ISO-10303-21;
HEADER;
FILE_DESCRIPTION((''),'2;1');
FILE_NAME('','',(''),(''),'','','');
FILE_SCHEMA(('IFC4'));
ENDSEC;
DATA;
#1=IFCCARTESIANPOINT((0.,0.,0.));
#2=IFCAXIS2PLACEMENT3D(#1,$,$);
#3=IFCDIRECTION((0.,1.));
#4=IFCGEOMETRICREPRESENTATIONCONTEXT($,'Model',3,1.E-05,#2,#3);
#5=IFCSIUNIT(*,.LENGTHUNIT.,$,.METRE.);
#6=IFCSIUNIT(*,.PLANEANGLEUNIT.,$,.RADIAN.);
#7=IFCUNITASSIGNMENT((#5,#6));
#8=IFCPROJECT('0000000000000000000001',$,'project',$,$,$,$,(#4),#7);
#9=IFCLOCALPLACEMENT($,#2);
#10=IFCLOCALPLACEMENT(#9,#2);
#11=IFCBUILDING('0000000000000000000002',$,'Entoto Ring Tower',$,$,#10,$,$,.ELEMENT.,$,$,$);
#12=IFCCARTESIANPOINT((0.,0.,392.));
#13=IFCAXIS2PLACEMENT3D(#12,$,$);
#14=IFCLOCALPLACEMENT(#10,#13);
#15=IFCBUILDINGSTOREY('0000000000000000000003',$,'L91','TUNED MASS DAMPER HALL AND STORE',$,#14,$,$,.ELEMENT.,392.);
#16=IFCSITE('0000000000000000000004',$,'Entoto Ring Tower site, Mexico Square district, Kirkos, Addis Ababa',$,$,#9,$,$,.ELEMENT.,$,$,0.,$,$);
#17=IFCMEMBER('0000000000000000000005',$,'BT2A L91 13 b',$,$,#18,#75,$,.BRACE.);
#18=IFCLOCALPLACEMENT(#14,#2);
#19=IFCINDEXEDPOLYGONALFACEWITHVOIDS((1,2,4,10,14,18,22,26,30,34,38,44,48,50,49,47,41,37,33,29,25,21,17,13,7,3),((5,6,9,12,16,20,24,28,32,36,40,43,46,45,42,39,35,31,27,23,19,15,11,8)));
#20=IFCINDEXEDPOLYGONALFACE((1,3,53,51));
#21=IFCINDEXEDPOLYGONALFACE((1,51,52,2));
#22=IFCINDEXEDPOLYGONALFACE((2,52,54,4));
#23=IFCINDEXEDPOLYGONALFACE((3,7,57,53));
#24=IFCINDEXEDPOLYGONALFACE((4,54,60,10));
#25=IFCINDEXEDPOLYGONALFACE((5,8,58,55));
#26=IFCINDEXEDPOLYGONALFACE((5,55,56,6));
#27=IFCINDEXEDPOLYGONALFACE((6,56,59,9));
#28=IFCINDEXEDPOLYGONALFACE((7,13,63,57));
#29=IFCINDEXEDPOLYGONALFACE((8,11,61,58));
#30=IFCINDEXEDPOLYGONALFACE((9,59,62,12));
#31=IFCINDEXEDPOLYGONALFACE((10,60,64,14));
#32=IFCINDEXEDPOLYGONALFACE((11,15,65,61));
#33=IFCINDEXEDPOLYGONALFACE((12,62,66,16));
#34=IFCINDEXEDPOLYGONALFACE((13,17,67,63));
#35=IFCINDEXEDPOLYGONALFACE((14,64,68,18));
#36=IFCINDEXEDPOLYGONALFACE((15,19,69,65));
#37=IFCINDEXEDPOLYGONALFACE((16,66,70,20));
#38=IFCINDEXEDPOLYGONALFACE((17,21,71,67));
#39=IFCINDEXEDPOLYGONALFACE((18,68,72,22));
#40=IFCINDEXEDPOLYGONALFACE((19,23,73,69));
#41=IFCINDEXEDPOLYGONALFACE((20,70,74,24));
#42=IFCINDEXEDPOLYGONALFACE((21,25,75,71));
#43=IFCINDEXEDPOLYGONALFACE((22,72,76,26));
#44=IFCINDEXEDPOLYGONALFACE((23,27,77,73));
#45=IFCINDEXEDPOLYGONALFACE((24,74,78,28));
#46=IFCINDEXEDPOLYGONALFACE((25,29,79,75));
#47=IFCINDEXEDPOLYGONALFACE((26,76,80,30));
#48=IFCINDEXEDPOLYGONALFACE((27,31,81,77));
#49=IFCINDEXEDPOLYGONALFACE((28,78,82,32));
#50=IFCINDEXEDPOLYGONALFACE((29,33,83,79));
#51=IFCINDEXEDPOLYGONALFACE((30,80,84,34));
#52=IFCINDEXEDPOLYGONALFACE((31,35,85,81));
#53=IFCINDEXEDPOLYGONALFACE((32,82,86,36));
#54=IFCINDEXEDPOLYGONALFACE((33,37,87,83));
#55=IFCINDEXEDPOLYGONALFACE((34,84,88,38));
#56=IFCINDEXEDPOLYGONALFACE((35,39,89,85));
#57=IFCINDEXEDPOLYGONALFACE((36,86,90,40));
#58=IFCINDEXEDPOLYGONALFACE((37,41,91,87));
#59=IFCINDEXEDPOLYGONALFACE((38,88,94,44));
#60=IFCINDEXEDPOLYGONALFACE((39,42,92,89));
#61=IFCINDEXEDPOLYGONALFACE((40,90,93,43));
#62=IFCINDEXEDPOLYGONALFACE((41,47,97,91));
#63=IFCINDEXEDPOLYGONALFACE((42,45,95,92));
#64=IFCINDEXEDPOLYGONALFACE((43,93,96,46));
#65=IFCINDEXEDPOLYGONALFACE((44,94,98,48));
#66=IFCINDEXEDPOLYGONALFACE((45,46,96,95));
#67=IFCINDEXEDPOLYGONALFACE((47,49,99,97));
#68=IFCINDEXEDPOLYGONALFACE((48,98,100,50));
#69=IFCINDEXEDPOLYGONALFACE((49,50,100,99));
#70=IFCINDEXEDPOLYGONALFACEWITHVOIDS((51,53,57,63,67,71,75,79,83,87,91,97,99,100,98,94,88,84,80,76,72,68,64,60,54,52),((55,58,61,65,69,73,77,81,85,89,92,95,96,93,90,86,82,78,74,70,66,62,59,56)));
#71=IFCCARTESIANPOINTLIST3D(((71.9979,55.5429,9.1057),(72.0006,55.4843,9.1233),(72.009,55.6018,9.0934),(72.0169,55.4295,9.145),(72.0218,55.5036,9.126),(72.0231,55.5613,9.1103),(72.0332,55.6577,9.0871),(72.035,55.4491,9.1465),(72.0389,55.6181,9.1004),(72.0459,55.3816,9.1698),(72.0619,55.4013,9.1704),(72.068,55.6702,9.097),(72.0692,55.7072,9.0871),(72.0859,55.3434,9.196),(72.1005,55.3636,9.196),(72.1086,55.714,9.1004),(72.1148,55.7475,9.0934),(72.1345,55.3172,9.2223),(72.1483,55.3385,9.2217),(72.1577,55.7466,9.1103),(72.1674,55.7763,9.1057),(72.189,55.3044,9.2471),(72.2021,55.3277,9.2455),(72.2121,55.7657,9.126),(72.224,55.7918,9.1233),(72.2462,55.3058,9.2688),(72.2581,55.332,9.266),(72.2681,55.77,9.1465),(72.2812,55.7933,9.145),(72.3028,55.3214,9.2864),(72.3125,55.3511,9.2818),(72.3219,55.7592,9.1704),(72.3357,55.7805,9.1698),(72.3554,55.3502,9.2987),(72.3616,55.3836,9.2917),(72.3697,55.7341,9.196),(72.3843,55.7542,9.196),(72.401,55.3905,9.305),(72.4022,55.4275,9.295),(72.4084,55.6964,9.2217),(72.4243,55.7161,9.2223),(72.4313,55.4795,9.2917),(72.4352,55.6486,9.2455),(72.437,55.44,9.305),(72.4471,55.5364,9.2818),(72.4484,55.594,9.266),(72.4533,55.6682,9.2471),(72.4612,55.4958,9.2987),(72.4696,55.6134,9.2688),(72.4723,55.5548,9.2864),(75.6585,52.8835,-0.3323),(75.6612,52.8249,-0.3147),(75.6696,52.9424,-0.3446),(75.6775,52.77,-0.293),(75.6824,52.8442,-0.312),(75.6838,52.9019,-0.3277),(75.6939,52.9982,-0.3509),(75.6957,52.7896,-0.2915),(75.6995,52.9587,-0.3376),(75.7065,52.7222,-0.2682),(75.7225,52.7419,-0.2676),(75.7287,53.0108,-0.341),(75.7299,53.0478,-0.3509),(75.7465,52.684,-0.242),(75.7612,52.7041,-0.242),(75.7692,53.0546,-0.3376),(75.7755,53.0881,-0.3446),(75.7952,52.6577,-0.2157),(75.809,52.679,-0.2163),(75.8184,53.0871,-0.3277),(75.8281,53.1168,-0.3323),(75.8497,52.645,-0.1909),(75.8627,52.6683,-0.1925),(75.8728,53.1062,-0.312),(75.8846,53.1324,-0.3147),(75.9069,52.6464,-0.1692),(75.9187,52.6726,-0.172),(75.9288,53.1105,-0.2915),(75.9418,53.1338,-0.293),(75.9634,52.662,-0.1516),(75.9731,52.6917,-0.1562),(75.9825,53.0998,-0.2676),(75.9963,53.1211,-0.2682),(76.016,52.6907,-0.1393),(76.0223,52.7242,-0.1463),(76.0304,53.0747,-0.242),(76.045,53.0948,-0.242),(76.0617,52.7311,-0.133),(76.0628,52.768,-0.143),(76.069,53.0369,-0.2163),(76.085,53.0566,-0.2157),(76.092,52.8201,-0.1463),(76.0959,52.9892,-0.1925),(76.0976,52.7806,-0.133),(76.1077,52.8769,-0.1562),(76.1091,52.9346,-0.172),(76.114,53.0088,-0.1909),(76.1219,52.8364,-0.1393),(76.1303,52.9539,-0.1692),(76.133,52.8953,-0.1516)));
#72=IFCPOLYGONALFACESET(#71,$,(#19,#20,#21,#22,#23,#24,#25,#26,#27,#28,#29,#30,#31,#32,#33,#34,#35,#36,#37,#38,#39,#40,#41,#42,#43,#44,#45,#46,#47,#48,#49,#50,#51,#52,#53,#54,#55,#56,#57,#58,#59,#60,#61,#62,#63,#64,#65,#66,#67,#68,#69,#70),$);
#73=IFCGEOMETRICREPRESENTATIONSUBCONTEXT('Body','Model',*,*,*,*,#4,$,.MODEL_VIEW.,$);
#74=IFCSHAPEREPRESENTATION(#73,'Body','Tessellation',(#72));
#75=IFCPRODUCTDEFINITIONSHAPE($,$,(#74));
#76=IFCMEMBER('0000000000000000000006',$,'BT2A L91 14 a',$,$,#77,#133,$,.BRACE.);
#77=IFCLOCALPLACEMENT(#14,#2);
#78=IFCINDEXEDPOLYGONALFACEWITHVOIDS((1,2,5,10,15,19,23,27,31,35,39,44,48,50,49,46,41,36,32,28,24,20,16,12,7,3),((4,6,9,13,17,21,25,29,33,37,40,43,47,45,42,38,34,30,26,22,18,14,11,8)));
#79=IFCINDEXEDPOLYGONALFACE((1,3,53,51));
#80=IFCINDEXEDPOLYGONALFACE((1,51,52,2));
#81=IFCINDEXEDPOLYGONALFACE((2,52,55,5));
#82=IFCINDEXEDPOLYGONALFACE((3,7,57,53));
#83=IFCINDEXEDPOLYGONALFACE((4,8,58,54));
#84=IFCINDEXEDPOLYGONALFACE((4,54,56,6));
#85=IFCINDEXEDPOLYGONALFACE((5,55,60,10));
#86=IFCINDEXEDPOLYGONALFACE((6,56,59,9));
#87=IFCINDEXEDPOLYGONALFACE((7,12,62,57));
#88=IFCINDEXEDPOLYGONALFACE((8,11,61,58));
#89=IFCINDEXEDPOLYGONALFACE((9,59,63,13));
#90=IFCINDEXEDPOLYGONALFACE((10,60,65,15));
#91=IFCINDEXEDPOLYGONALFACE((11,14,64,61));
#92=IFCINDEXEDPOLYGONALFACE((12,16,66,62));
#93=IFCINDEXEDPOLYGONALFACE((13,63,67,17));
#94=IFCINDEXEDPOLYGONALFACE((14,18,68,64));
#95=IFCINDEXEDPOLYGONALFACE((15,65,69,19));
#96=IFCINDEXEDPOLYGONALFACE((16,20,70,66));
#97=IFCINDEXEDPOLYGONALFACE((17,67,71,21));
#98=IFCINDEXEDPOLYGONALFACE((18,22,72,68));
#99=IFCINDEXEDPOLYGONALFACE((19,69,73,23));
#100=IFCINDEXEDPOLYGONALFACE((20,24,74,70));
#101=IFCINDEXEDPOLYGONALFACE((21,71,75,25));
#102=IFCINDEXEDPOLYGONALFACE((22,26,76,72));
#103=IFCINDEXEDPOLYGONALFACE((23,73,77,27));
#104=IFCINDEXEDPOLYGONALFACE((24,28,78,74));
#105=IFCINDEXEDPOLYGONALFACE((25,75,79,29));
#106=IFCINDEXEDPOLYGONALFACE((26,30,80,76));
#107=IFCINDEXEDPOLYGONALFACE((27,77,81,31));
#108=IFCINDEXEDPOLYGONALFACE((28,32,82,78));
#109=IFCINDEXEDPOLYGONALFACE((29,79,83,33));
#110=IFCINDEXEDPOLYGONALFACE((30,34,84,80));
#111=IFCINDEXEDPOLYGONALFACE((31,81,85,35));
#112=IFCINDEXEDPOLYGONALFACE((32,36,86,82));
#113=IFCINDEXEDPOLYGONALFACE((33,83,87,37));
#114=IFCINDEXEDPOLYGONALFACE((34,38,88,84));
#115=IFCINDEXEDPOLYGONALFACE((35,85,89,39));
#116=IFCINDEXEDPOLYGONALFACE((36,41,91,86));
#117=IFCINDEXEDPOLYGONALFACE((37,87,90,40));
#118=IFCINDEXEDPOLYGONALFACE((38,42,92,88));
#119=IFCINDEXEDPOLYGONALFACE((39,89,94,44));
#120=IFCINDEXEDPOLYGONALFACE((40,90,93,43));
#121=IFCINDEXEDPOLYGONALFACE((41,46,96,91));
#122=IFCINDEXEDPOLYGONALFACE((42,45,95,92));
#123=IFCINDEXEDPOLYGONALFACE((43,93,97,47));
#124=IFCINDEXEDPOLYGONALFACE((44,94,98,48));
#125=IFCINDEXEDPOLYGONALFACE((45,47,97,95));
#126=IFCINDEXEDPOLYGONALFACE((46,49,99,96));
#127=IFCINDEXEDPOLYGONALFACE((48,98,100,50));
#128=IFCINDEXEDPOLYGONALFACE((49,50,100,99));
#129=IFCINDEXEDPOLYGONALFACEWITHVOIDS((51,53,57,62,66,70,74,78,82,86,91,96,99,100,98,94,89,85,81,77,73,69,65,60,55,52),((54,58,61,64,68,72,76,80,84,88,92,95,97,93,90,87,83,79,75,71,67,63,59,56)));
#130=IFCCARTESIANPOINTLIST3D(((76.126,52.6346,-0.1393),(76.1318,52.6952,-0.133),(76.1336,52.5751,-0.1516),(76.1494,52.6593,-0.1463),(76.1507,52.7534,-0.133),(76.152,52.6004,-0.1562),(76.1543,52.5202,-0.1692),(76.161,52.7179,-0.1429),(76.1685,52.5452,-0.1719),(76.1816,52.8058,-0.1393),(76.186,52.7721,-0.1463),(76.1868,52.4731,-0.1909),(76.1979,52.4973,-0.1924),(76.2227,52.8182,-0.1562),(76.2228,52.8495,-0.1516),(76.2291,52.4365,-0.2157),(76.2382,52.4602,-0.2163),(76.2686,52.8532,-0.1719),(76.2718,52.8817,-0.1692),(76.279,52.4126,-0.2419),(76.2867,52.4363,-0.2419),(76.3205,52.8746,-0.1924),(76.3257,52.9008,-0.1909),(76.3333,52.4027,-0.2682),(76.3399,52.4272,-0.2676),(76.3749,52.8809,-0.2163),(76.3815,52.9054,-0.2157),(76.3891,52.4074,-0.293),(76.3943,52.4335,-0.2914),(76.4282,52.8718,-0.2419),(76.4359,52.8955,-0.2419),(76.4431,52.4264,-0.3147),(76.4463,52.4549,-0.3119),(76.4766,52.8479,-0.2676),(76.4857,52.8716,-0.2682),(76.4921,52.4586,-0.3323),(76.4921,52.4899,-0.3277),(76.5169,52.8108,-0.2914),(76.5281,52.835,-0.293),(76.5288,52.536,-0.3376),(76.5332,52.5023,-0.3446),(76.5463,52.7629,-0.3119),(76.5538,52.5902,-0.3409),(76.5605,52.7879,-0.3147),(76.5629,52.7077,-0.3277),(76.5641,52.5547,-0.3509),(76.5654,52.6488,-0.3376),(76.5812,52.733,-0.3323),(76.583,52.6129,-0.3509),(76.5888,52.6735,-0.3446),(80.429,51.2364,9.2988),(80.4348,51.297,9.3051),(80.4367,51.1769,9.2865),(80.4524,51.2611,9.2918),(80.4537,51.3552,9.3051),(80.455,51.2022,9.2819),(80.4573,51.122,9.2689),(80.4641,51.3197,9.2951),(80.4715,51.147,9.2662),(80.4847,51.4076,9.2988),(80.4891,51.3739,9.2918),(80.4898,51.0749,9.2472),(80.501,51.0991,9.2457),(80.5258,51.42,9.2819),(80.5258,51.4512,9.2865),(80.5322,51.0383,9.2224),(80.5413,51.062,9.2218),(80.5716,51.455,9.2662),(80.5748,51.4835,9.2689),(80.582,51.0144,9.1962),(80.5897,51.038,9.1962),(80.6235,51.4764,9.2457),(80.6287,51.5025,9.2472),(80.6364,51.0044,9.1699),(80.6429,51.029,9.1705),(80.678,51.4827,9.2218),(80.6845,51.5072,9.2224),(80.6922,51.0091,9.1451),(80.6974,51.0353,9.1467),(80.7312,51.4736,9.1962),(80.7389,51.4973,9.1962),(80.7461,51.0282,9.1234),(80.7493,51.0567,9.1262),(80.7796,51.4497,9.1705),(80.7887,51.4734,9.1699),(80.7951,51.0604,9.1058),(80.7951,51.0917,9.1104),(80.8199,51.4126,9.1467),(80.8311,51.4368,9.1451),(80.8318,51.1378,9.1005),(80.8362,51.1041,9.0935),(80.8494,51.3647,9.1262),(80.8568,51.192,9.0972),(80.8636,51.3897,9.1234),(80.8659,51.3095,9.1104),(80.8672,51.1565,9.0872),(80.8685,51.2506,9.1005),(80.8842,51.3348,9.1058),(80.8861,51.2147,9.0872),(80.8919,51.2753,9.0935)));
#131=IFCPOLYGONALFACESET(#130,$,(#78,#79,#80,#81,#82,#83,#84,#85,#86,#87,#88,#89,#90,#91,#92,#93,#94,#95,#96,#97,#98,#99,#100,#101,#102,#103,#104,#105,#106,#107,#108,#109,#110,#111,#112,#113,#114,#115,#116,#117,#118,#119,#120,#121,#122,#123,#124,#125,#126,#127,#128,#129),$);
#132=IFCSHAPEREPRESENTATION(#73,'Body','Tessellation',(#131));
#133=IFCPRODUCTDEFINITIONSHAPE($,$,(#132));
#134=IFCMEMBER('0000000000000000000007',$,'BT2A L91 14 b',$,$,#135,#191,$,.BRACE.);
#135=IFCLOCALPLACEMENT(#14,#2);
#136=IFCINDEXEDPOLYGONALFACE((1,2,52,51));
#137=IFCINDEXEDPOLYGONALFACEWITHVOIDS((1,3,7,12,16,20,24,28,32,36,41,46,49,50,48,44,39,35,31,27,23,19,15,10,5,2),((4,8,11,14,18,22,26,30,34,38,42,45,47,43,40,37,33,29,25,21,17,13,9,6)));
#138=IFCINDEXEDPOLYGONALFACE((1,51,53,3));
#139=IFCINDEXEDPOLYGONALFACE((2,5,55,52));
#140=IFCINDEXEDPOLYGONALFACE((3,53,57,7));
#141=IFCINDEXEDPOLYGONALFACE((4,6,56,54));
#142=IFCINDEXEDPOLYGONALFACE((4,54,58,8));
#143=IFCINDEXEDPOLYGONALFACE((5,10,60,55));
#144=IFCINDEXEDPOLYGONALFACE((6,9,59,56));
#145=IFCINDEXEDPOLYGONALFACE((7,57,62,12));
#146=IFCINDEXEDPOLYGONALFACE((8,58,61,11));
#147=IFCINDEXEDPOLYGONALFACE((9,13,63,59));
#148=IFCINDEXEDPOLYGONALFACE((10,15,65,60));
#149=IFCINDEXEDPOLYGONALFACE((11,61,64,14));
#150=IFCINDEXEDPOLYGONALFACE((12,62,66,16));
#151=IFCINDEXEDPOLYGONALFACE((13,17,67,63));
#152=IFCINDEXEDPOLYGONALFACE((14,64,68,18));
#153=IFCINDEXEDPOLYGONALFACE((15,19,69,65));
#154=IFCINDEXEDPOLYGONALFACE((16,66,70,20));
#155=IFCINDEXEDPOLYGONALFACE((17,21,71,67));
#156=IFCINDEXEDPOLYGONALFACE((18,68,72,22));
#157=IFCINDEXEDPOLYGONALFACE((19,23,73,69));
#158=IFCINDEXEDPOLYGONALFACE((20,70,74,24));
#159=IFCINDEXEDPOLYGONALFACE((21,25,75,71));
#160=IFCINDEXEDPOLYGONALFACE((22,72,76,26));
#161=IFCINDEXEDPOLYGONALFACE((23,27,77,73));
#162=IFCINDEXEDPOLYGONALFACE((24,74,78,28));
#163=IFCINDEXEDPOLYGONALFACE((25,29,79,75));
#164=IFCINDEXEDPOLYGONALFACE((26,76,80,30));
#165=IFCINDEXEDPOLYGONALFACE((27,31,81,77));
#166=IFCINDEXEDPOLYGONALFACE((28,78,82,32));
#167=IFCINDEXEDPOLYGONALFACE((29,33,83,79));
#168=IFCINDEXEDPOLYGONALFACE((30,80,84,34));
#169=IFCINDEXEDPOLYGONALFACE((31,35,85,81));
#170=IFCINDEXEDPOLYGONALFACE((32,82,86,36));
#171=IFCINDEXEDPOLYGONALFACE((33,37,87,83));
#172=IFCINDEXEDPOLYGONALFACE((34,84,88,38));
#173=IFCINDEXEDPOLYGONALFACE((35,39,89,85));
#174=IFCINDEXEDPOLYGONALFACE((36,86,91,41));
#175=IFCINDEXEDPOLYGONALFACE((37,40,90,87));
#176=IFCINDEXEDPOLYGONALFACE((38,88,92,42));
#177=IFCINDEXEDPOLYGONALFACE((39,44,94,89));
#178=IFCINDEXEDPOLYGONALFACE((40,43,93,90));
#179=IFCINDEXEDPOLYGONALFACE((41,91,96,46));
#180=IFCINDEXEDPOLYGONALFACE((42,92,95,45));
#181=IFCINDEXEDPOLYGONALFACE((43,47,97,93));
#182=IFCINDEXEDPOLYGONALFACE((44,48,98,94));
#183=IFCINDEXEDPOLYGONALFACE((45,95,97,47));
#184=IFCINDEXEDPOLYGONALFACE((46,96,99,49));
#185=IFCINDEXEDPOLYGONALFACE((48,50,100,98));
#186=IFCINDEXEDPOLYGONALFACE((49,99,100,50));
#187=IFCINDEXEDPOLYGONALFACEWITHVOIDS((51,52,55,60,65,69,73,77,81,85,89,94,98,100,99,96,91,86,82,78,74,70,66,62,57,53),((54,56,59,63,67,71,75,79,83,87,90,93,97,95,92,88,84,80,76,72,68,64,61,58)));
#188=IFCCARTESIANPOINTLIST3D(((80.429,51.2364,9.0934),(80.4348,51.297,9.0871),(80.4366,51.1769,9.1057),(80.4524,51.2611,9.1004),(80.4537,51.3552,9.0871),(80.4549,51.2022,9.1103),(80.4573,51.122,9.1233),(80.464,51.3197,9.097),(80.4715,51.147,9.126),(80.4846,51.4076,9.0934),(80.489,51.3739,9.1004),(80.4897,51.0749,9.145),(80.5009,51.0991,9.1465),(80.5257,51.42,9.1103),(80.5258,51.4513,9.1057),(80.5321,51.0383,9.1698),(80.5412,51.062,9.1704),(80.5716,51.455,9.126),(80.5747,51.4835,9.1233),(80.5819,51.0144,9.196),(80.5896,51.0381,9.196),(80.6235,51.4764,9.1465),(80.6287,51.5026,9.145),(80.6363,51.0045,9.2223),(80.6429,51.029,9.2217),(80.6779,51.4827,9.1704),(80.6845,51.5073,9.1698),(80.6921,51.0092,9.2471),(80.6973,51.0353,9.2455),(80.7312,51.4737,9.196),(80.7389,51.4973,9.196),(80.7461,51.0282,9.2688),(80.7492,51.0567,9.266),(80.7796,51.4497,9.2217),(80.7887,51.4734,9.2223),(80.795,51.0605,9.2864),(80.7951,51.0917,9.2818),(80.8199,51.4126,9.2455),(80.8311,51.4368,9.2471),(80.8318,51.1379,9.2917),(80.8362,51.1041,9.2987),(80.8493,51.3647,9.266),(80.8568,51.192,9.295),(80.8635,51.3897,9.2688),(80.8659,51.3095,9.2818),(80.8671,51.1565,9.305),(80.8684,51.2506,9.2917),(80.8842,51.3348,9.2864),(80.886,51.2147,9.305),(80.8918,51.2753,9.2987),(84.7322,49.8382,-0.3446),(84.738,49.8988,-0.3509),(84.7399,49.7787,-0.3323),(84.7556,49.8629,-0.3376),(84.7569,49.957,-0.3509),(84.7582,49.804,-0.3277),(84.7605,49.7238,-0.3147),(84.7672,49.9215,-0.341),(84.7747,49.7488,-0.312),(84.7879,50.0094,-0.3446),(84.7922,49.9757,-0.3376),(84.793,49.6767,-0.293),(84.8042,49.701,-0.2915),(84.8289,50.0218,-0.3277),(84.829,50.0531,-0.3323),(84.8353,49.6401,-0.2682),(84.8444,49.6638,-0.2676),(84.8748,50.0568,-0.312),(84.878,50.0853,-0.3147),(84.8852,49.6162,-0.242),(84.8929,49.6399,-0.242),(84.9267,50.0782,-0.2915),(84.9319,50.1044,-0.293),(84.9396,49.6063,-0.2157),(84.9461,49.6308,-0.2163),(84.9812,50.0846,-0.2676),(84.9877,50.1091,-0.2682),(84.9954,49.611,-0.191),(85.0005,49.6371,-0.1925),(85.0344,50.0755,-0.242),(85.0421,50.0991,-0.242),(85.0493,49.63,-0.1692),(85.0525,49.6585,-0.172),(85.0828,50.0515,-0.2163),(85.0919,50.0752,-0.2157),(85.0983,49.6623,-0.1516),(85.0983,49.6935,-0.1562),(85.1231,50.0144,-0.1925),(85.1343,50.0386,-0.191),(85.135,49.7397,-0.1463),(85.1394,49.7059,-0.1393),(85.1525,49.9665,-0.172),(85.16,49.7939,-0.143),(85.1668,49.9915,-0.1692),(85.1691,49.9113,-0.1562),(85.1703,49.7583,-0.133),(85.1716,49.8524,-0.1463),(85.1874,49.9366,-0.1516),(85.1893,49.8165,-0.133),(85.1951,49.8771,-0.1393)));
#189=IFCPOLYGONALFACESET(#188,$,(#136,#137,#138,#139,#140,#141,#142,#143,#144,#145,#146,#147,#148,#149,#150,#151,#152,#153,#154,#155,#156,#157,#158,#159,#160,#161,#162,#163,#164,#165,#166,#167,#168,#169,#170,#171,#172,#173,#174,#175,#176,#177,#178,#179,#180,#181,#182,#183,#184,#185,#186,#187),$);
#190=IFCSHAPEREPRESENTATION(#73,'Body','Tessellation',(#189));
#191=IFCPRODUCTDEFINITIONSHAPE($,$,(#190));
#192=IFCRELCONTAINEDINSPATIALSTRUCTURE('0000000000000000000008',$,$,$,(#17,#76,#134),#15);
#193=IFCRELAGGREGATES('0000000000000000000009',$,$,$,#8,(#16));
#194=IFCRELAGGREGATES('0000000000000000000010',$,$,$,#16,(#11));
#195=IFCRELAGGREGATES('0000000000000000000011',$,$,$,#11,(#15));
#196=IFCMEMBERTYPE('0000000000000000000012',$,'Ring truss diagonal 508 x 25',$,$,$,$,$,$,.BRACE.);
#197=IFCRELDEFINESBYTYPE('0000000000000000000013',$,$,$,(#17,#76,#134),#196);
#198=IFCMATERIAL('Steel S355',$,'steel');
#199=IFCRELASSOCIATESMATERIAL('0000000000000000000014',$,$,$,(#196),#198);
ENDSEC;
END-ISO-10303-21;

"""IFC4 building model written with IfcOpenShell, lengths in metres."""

from ifc_helpers import new_model, si_unit, direction, frame, origin, origin_2d, place, context, subcontext, project, spatial, circle, hollow_circle, extrude, material, material_profile, profile_set, type_object, element, save


model = new_model("IFC4")

# Units and contexts
model_context = context("Model", 3, precision=1e-05, world=origin(), true_north=direction((0.0, 1.0)))
body_context = subcontext(model_context, "Body", "Model", "MODEL_VIEW")
ifc_project = project(units=[si_unit("LENGTHUNIT", "METRE"), si_unit("PLANEANGLEUNIT", "RADIAN")], contexts=[model_context])

# Site, building, storey
site_placement = place(None, origin())
site = spatial("IfcSite", under=ifc_project, at=site_placement, Name="Entoto Ring Tower site, Mexico Square district, Kirkos, Addis Ababa", CompositionType="ELEMENT", RefElevation=0.0)
building_placement = place(site_placement, origin())
building = spatial("IfcBuilding", under=site, at=building_placement, Name="Entoto Ring Tower", CompositionType="ELEMENT")
storey_placement = place(building_placement, frame((0.0, 0.0, 392.0)))
storey = spatial("IfcBuildingStorey", under=building, at=storey_placement, Name="L91", Description="TUNED MASS DAMPER HALL AND STORE", CompositionType="ELEMENT", Elevation=392.0)

# Members
ifc_material_1 = material(Name="Steel S355", Category="steel")
ifc_material_profile_1 = material_profile(ifc_material_1, hollow_circle(Radius=0.2539, WallThickness=0.0249, at=origin_2d()), Name="CHS 508 x 25")
ifc_material_2 = material(Name="Concrete C60/75", Category="concrete")
ifc_material_profile_2 = material_profile(ifc_material_2, circle(Radius=0.229, at=origin_2d()), Name="Concrete C60/75 infill")
ifc_profile_set_1 = profile_set([ifc_material_profile_1, ifc_material_profile_2], Name="Steel S355")
member_type_1 = type_object("IfcMemberType", Name="Ring truss diagonal 508 x 25", PredefinedType="BRACE", material=ifc_profile_set_1)
for number, where, z_axis, x_axis, name in (
    (1, (72.2351, 55.5488, 9.196), (0.349747, -0.254088, -0.901729), (0.587758, 0.809037, 0.0), "BT2A L91 13 b"),
    (2, (76.3574, 52.6541, -0.2419), (0.411122, -0.133588, 0.901739), (0.309031, 0.951052, 0.0), "BT2A L91 14 a"),
    (3, (80.6604, 51.2559, 9.196), (0.411141, -0.133587, -0.90173), (0.309015, 0.951057, 0.0), "BT2A L91 14 b"),
):
    element("IfcMember", number, at=place(storey_placement, frame(where, z_axis=z_axis, x_axis=x_axis)), inside=storey, type_object=member_type_1, Name=name, PredefinedType="BRACE", context=body_context, shape_type="SweptSolid", body=[
        extrude(hollow_circle(Radius=0.2539, WallThickness=0.0249, at=origin_2d()), origin(), (0.0, 0.0, 1.0), 10.4666),
    ])

save(model, "model.ifc")
